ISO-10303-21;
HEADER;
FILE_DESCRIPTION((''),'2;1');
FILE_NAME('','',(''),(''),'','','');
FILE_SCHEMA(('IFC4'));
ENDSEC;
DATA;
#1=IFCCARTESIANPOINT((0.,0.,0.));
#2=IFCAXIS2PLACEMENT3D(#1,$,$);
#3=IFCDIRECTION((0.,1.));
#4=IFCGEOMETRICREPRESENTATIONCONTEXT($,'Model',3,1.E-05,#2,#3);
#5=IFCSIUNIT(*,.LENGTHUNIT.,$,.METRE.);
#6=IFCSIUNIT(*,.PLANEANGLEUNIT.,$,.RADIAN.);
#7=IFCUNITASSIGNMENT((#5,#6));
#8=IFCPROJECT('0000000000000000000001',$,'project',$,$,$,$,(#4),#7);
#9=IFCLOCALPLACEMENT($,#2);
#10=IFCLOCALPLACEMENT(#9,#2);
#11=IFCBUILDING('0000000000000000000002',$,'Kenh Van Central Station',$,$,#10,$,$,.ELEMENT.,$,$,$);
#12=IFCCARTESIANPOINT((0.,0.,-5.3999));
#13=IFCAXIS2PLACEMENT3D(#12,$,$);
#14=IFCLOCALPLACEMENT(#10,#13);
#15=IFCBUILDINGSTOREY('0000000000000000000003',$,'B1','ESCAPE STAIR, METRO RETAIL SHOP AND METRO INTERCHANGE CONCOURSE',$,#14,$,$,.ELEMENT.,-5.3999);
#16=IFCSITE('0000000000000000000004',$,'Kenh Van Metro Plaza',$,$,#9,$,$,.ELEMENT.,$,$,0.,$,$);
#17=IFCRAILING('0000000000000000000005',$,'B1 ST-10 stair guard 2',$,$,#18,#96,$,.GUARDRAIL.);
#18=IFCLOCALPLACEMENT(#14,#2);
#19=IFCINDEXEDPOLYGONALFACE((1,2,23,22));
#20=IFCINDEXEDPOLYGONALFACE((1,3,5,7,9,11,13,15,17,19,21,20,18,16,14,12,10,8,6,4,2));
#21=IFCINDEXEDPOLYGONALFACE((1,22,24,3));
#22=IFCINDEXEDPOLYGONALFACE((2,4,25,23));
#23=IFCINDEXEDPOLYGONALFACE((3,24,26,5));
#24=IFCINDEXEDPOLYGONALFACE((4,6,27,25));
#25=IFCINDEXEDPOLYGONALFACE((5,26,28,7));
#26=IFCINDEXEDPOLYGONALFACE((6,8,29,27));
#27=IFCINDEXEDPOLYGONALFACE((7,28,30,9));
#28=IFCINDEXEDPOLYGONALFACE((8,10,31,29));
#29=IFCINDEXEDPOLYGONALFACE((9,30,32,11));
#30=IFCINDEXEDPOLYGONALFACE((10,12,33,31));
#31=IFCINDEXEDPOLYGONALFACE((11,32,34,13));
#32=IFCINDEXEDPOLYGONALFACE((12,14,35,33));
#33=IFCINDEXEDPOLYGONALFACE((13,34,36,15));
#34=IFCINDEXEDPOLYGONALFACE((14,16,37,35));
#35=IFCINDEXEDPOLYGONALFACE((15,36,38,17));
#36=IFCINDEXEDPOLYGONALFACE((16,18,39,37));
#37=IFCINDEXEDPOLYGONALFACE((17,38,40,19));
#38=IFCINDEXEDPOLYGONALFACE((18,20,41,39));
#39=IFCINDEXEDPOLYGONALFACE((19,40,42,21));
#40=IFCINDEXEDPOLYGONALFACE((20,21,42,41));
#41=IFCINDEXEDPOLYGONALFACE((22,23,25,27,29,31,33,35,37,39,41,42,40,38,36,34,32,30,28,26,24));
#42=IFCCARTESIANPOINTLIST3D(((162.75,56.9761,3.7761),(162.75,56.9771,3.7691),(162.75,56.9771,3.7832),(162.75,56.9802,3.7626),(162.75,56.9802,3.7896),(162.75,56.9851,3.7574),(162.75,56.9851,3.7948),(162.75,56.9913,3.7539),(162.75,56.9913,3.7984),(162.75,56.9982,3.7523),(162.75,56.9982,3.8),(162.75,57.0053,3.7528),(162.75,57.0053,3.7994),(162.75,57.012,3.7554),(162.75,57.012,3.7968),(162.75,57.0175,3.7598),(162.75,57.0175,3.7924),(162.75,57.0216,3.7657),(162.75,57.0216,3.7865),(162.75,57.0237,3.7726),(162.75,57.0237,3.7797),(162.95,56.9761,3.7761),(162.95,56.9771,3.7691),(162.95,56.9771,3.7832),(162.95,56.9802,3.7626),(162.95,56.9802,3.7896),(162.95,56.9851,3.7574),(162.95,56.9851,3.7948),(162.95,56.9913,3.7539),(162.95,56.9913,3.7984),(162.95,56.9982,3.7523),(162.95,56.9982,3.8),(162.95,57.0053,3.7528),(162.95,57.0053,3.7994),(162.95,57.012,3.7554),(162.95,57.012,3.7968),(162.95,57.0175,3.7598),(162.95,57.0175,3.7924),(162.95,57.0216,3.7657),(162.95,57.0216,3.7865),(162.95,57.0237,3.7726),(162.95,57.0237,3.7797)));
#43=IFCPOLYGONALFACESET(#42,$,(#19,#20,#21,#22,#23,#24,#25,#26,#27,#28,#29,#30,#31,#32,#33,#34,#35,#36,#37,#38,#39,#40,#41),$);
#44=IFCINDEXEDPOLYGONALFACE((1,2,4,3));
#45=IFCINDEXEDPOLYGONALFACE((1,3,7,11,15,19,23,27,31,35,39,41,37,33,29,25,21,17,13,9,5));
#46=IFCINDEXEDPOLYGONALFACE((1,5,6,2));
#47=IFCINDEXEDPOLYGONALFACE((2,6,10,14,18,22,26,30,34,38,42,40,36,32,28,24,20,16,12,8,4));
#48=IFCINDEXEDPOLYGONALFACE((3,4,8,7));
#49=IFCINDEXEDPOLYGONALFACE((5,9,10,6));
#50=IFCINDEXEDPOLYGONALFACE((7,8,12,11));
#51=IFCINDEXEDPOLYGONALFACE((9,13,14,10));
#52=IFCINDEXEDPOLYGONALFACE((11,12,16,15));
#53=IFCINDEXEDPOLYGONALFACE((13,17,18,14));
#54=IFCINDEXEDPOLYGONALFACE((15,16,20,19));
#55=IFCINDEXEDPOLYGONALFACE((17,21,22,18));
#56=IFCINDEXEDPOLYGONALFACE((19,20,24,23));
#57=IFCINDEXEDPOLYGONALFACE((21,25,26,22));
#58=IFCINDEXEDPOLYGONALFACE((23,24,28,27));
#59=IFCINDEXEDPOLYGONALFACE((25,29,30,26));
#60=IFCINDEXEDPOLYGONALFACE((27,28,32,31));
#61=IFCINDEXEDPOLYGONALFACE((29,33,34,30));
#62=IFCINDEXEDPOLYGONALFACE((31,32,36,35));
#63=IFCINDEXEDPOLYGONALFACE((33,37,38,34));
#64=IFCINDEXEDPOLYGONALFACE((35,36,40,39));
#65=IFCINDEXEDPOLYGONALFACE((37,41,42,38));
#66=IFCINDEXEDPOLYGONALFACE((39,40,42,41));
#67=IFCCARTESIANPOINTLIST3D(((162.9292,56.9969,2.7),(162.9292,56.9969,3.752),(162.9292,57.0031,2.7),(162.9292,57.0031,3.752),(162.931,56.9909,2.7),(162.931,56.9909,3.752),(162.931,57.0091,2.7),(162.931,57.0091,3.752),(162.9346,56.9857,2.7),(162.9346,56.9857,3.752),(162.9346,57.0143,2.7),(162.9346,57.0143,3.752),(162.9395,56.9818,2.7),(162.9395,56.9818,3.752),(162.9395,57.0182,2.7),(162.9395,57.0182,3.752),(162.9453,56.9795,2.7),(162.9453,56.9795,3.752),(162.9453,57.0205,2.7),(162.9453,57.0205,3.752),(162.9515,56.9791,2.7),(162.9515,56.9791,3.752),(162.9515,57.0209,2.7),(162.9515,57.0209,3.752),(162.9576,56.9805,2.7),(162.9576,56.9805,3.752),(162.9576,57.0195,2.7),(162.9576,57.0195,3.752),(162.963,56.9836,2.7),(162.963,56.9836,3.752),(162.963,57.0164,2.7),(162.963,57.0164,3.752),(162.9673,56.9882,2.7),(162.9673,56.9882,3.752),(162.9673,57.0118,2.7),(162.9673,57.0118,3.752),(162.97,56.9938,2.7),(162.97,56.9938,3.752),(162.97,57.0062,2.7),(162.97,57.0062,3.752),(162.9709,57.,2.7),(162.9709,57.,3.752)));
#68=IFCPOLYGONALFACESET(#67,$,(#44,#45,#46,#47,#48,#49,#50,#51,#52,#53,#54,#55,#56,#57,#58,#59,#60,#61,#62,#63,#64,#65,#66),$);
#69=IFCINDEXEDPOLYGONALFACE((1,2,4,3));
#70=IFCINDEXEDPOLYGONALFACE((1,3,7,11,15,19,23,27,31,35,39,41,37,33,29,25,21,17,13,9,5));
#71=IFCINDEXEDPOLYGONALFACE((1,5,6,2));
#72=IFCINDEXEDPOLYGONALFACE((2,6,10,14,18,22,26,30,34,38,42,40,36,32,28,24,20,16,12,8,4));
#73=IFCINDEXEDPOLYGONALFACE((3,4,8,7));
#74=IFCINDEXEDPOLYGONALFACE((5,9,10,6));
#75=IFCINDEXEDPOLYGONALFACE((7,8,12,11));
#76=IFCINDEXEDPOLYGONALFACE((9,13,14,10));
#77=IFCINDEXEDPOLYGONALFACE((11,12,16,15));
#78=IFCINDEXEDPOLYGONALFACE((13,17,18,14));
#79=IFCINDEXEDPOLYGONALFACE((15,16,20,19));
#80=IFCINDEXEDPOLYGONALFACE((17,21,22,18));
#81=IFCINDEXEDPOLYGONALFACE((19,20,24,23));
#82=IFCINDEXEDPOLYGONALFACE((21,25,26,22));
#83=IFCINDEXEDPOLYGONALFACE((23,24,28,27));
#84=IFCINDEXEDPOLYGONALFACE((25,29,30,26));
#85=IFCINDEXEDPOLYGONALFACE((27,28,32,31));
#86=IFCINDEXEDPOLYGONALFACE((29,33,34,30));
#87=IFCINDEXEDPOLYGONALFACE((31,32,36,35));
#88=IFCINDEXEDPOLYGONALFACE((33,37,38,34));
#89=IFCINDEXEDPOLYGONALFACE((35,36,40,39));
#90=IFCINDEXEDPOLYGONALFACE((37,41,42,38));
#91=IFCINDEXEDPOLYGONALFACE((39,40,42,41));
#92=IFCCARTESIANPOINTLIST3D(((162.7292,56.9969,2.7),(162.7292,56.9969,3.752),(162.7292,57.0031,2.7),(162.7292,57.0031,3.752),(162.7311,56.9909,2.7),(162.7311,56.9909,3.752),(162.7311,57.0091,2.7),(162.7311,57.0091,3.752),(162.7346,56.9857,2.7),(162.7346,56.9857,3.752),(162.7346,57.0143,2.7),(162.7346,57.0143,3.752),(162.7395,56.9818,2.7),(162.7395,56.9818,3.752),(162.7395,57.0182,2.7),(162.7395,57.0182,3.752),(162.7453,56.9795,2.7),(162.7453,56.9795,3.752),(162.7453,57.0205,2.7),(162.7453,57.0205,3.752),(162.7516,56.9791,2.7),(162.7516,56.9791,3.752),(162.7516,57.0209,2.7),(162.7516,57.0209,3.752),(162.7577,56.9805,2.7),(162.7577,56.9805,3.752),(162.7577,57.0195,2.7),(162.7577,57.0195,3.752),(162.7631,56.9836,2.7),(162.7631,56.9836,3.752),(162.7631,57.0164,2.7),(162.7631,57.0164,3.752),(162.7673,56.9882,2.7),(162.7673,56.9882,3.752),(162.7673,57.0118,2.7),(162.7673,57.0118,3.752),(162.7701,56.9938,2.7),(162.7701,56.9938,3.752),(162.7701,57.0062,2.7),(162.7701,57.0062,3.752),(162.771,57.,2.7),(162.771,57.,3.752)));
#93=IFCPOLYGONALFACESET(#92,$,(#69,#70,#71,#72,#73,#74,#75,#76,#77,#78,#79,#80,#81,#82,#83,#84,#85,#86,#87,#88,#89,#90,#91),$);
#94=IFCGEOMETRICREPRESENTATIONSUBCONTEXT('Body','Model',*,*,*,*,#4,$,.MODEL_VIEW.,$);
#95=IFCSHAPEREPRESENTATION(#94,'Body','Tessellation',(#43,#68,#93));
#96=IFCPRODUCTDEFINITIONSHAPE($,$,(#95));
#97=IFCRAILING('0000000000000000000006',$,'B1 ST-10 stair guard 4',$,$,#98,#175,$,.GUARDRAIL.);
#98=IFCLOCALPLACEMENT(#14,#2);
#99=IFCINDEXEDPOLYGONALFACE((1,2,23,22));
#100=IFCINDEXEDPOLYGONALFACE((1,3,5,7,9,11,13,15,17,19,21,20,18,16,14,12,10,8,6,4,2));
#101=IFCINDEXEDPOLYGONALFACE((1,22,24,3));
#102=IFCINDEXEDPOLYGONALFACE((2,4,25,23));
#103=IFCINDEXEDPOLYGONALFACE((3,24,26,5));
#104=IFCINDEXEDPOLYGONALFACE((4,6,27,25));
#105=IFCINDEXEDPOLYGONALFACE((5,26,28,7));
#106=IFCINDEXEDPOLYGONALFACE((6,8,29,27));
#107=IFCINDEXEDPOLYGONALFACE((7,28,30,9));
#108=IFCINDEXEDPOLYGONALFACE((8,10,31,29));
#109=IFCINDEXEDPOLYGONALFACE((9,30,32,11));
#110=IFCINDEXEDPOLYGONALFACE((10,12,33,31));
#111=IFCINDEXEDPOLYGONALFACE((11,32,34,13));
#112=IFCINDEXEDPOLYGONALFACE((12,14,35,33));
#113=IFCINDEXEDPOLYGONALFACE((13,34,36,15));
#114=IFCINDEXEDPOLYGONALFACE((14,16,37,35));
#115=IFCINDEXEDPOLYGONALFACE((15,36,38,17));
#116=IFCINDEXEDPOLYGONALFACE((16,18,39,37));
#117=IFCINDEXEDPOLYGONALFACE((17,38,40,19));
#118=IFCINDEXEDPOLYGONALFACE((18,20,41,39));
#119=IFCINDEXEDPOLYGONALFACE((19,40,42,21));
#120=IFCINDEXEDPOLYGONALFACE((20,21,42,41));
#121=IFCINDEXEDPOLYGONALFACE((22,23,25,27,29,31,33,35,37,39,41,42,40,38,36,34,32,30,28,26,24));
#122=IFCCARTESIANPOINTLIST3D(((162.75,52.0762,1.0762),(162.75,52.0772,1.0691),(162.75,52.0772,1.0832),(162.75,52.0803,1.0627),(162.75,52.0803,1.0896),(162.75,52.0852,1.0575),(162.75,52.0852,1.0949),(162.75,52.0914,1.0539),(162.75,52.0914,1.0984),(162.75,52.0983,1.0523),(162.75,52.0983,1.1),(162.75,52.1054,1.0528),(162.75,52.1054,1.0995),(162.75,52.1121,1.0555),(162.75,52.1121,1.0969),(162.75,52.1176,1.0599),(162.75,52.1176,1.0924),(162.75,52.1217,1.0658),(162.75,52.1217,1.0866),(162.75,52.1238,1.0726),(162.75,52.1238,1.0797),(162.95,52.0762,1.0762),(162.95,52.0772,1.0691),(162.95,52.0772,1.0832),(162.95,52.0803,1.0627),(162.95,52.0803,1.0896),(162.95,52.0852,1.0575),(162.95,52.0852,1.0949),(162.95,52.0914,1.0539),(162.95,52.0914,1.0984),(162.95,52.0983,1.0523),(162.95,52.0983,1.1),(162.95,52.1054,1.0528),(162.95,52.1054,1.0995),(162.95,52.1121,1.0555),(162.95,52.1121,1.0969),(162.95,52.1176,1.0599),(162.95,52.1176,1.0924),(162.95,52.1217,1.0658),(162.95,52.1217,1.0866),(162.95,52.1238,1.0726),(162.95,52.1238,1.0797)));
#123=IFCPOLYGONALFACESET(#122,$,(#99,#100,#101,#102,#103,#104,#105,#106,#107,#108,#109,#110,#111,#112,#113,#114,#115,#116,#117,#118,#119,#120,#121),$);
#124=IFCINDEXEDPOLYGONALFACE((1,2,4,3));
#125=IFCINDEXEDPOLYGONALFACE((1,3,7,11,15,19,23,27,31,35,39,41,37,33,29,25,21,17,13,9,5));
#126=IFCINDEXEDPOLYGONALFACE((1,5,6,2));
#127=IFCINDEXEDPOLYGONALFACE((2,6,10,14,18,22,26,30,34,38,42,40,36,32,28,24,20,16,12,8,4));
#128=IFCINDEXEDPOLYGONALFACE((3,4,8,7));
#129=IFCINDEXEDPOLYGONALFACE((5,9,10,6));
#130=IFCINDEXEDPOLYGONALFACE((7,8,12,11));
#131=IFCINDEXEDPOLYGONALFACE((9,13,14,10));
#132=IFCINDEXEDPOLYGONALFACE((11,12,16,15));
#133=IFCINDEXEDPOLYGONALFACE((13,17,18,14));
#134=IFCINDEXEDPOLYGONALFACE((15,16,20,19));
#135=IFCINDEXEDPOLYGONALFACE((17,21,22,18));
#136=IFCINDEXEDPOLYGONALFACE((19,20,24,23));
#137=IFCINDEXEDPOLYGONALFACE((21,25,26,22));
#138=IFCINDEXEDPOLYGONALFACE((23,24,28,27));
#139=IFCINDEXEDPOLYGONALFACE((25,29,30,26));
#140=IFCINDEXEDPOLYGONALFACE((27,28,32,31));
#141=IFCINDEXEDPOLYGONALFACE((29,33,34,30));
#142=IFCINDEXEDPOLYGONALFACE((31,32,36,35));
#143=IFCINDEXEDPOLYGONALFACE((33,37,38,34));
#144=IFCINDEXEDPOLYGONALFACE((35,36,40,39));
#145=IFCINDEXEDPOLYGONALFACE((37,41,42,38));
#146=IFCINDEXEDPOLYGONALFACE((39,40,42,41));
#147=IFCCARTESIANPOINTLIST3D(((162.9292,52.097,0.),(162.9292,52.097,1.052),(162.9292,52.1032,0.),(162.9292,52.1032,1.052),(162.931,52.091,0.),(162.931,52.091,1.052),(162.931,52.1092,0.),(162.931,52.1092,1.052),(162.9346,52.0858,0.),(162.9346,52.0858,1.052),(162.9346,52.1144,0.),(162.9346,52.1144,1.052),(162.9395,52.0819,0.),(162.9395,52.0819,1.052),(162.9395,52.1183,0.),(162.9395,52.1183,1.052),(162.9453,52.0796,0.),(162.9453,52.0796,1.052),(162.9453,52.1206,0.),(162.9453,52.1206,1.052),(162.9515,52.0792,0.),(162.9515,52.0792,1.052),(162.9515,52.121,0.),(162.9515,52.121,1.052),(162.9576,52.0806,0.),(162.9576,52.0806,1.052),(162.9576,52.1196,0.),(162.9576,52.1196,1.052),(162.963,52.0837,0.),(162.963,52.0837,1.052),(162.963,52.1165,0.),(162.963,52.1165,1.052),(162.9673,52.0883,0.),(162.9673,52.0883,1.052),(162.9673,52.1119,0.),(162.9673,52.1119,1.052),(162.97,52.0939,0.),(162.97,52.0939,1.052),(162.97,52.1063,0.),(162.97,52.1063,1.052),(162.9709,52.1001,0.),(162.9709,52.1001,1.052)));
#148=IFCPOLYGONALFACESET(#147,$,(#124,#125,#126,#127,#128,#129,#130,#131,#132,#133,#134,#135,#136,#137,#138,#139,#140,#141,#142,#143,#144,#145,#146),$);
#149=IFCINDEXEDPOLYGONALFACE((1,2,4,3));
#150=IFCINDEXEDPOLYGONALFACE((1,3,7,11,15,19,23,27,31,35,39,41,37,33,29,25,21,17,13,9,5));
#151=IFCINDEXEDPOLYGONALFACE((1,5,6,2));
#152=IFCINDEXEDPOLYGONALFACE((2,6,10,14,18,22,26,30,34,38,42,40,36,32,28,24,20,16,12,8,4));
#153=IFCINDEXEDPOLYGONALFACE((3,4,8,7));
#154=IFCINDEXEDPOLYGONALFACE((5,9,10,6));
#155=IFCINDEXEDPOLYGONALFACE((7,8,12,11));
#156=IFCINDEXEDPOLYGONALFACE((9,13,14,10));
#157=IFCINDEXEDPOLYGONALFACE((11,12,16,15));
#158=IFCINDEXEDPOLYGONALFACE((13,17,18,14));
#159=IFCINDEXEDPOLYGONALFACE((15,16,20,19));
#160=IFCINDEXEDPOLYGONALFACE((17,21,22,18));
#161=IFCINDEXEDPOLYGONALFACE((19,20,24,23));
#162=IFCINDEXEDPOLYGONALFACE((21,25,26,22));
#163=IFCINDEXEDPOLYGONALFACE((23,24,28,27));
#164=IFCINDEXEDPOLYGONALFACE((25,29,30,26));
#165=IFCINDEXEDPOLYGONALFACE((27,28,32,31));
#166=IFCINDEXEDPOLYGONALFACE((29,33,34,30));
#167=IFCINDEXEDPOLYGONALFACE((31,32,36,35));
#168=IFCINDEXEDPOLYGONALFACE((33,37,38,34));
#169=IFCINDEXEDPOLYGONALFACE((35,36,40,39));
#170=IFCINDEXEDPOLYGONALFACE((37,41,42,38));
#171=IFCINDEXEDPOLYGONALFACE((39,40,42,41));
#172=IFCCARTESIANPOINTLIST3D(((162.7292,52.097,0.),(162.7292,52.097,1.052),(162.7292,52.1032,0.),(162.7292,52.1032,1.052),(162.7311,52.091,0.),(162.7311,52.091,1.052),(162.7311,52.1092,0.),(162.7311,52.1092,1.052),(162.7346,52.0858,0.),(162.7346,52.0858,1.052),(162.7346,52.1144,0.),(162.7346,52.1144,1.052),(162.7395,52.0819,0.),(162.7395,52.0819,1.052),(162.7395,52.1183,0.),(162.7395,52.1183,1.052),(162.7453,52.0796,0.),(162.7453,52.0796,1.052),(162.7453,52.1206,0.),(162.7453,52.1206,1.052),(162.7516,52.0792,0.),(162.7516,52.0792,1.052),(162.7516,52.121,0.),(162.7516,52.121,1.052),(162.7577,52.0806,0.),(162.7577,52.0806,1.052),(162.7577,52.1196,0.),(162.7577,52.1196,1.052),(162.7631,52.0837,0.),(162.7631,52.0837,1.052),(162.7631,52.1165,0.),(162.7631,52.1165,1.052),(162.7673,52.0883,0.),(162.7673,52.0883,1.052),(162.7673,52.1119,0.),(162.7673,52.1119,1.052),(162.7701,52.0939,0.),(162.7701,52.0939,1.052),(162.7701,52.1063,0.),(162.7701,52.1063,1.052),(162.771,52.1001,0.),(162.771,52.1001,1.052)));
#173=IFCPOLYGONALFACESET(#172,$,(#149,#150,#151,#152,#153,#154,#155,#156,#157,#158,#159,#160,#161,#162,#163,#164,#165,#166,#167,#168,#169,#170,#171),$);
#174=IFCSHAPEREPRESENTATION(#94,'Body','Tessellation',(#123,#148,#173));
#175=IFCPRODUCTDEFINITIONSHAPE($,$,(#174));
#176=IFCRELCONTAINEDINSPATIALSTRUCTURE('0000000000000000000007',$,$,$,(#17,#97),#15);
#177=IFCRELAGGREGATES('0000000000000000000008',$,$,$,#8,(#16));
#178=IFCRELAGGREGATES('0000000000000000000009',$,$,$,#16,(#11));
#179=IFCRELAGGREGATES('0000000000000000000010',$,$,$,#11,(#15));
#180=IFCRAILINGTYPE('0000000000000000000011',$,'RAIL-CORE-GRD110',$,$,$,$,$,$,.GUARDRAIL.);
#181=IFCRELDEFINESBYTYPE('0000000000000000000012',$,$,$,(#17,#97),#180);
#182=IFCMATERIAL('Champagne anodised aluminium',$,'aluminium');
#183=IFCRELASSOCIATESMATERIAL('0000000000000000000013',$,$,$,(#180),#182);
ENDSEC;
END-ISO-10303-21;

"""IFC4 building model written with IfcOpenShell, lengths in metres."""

from ifc_helpers import new_model, si_unit, direction, frame, origin, origin_2d, place, context, subcontext, project, spatial, circle, extrude, material, type_object, element, save


model = new_model("IFC4")

# Units and contexts
model_context = context("Model", 3, precision=1e-05, world=origin(), true_north=direction((0.0, 1.0)))
body_context = subcontext(model_context, "Body", "Model", "MODEL_VIEW")
ifc_project = project(units=[si_unit("LENGTHUNIT", "METRE"), si_unit("PLANEANGLEUNIT", "RADIAN")], contexts=[model_context])

# Site, building, storey
site_placement = place(None, origin())
site = spatial("IfcSite", under=ifc_project, at=site_placement, Name="Kenh Van Metro Plaza", CompositionType="ELEMENT", RefElevation=0.0)
building_placement = place(site_placement, origin())
building = spatial("IfcBuilding", under=site, at=building_placement, Name="Kenh Van Central Station", CompositionType="ELEMENT")
storey_placement = place(building_placement, frame((0.0, 0.0, -5.3999)))
storey = spatial("IfcBuildingStorey", under=building, at=storey_placement, Name="B1", Description="ESCAPE STAIR, METRO RETAIL SHOP AND METRO INTERCHANGE CONCOURSE", CompositionType="ELEMENT", Elevation=-5.3999)

# Shared definitions
ifc_material_1 = material(Name="Champagne anodised aluminium", Category="aluminium")

# Railings
railing_type_1 = type_object("IfcRailingType", Name="RAIL-CORE-GRD110", PredefinedType="GUARDRAIL", material=ifc_material_1)
for number, where, name in (
    (1, (162.95, 57.0, 2.7), "B1 ST-10 stair guard 2"),
    (2, (162.95, 52.1001, 0.0), "B1 ST-10 stair guard 4"),
):
    element("IfcRailing", number, at=place(storey_placement, frame(where)), inside=storey, type_object=railing_type_1, Name=name, PredefinedType="GUARDRAIL", context=body_context, shape_type="SweptSolid", body=[
        extrude(circle(Radius=0.0239, at=origin_2d()), frame((0.0, 0.0, 1.0762), z_axis=(-1.0, 0.0, 0.0), x_axis=(0.0, -1.0, 0.0)), (0.0, 0.0, 1.0), 0.2),
        extrude(circle(Radius=0.021, at=origin_2d()), origin(), (0.0, 0.0, 1.0), 1.052),
        extrude(circle(Radius=0.021, at=origin_2d()), frame((-0.2, 0.0, 0.0)), (0.0, 0.0, 1.0), 1.052),
    ])

save(model, "model.ifc")
